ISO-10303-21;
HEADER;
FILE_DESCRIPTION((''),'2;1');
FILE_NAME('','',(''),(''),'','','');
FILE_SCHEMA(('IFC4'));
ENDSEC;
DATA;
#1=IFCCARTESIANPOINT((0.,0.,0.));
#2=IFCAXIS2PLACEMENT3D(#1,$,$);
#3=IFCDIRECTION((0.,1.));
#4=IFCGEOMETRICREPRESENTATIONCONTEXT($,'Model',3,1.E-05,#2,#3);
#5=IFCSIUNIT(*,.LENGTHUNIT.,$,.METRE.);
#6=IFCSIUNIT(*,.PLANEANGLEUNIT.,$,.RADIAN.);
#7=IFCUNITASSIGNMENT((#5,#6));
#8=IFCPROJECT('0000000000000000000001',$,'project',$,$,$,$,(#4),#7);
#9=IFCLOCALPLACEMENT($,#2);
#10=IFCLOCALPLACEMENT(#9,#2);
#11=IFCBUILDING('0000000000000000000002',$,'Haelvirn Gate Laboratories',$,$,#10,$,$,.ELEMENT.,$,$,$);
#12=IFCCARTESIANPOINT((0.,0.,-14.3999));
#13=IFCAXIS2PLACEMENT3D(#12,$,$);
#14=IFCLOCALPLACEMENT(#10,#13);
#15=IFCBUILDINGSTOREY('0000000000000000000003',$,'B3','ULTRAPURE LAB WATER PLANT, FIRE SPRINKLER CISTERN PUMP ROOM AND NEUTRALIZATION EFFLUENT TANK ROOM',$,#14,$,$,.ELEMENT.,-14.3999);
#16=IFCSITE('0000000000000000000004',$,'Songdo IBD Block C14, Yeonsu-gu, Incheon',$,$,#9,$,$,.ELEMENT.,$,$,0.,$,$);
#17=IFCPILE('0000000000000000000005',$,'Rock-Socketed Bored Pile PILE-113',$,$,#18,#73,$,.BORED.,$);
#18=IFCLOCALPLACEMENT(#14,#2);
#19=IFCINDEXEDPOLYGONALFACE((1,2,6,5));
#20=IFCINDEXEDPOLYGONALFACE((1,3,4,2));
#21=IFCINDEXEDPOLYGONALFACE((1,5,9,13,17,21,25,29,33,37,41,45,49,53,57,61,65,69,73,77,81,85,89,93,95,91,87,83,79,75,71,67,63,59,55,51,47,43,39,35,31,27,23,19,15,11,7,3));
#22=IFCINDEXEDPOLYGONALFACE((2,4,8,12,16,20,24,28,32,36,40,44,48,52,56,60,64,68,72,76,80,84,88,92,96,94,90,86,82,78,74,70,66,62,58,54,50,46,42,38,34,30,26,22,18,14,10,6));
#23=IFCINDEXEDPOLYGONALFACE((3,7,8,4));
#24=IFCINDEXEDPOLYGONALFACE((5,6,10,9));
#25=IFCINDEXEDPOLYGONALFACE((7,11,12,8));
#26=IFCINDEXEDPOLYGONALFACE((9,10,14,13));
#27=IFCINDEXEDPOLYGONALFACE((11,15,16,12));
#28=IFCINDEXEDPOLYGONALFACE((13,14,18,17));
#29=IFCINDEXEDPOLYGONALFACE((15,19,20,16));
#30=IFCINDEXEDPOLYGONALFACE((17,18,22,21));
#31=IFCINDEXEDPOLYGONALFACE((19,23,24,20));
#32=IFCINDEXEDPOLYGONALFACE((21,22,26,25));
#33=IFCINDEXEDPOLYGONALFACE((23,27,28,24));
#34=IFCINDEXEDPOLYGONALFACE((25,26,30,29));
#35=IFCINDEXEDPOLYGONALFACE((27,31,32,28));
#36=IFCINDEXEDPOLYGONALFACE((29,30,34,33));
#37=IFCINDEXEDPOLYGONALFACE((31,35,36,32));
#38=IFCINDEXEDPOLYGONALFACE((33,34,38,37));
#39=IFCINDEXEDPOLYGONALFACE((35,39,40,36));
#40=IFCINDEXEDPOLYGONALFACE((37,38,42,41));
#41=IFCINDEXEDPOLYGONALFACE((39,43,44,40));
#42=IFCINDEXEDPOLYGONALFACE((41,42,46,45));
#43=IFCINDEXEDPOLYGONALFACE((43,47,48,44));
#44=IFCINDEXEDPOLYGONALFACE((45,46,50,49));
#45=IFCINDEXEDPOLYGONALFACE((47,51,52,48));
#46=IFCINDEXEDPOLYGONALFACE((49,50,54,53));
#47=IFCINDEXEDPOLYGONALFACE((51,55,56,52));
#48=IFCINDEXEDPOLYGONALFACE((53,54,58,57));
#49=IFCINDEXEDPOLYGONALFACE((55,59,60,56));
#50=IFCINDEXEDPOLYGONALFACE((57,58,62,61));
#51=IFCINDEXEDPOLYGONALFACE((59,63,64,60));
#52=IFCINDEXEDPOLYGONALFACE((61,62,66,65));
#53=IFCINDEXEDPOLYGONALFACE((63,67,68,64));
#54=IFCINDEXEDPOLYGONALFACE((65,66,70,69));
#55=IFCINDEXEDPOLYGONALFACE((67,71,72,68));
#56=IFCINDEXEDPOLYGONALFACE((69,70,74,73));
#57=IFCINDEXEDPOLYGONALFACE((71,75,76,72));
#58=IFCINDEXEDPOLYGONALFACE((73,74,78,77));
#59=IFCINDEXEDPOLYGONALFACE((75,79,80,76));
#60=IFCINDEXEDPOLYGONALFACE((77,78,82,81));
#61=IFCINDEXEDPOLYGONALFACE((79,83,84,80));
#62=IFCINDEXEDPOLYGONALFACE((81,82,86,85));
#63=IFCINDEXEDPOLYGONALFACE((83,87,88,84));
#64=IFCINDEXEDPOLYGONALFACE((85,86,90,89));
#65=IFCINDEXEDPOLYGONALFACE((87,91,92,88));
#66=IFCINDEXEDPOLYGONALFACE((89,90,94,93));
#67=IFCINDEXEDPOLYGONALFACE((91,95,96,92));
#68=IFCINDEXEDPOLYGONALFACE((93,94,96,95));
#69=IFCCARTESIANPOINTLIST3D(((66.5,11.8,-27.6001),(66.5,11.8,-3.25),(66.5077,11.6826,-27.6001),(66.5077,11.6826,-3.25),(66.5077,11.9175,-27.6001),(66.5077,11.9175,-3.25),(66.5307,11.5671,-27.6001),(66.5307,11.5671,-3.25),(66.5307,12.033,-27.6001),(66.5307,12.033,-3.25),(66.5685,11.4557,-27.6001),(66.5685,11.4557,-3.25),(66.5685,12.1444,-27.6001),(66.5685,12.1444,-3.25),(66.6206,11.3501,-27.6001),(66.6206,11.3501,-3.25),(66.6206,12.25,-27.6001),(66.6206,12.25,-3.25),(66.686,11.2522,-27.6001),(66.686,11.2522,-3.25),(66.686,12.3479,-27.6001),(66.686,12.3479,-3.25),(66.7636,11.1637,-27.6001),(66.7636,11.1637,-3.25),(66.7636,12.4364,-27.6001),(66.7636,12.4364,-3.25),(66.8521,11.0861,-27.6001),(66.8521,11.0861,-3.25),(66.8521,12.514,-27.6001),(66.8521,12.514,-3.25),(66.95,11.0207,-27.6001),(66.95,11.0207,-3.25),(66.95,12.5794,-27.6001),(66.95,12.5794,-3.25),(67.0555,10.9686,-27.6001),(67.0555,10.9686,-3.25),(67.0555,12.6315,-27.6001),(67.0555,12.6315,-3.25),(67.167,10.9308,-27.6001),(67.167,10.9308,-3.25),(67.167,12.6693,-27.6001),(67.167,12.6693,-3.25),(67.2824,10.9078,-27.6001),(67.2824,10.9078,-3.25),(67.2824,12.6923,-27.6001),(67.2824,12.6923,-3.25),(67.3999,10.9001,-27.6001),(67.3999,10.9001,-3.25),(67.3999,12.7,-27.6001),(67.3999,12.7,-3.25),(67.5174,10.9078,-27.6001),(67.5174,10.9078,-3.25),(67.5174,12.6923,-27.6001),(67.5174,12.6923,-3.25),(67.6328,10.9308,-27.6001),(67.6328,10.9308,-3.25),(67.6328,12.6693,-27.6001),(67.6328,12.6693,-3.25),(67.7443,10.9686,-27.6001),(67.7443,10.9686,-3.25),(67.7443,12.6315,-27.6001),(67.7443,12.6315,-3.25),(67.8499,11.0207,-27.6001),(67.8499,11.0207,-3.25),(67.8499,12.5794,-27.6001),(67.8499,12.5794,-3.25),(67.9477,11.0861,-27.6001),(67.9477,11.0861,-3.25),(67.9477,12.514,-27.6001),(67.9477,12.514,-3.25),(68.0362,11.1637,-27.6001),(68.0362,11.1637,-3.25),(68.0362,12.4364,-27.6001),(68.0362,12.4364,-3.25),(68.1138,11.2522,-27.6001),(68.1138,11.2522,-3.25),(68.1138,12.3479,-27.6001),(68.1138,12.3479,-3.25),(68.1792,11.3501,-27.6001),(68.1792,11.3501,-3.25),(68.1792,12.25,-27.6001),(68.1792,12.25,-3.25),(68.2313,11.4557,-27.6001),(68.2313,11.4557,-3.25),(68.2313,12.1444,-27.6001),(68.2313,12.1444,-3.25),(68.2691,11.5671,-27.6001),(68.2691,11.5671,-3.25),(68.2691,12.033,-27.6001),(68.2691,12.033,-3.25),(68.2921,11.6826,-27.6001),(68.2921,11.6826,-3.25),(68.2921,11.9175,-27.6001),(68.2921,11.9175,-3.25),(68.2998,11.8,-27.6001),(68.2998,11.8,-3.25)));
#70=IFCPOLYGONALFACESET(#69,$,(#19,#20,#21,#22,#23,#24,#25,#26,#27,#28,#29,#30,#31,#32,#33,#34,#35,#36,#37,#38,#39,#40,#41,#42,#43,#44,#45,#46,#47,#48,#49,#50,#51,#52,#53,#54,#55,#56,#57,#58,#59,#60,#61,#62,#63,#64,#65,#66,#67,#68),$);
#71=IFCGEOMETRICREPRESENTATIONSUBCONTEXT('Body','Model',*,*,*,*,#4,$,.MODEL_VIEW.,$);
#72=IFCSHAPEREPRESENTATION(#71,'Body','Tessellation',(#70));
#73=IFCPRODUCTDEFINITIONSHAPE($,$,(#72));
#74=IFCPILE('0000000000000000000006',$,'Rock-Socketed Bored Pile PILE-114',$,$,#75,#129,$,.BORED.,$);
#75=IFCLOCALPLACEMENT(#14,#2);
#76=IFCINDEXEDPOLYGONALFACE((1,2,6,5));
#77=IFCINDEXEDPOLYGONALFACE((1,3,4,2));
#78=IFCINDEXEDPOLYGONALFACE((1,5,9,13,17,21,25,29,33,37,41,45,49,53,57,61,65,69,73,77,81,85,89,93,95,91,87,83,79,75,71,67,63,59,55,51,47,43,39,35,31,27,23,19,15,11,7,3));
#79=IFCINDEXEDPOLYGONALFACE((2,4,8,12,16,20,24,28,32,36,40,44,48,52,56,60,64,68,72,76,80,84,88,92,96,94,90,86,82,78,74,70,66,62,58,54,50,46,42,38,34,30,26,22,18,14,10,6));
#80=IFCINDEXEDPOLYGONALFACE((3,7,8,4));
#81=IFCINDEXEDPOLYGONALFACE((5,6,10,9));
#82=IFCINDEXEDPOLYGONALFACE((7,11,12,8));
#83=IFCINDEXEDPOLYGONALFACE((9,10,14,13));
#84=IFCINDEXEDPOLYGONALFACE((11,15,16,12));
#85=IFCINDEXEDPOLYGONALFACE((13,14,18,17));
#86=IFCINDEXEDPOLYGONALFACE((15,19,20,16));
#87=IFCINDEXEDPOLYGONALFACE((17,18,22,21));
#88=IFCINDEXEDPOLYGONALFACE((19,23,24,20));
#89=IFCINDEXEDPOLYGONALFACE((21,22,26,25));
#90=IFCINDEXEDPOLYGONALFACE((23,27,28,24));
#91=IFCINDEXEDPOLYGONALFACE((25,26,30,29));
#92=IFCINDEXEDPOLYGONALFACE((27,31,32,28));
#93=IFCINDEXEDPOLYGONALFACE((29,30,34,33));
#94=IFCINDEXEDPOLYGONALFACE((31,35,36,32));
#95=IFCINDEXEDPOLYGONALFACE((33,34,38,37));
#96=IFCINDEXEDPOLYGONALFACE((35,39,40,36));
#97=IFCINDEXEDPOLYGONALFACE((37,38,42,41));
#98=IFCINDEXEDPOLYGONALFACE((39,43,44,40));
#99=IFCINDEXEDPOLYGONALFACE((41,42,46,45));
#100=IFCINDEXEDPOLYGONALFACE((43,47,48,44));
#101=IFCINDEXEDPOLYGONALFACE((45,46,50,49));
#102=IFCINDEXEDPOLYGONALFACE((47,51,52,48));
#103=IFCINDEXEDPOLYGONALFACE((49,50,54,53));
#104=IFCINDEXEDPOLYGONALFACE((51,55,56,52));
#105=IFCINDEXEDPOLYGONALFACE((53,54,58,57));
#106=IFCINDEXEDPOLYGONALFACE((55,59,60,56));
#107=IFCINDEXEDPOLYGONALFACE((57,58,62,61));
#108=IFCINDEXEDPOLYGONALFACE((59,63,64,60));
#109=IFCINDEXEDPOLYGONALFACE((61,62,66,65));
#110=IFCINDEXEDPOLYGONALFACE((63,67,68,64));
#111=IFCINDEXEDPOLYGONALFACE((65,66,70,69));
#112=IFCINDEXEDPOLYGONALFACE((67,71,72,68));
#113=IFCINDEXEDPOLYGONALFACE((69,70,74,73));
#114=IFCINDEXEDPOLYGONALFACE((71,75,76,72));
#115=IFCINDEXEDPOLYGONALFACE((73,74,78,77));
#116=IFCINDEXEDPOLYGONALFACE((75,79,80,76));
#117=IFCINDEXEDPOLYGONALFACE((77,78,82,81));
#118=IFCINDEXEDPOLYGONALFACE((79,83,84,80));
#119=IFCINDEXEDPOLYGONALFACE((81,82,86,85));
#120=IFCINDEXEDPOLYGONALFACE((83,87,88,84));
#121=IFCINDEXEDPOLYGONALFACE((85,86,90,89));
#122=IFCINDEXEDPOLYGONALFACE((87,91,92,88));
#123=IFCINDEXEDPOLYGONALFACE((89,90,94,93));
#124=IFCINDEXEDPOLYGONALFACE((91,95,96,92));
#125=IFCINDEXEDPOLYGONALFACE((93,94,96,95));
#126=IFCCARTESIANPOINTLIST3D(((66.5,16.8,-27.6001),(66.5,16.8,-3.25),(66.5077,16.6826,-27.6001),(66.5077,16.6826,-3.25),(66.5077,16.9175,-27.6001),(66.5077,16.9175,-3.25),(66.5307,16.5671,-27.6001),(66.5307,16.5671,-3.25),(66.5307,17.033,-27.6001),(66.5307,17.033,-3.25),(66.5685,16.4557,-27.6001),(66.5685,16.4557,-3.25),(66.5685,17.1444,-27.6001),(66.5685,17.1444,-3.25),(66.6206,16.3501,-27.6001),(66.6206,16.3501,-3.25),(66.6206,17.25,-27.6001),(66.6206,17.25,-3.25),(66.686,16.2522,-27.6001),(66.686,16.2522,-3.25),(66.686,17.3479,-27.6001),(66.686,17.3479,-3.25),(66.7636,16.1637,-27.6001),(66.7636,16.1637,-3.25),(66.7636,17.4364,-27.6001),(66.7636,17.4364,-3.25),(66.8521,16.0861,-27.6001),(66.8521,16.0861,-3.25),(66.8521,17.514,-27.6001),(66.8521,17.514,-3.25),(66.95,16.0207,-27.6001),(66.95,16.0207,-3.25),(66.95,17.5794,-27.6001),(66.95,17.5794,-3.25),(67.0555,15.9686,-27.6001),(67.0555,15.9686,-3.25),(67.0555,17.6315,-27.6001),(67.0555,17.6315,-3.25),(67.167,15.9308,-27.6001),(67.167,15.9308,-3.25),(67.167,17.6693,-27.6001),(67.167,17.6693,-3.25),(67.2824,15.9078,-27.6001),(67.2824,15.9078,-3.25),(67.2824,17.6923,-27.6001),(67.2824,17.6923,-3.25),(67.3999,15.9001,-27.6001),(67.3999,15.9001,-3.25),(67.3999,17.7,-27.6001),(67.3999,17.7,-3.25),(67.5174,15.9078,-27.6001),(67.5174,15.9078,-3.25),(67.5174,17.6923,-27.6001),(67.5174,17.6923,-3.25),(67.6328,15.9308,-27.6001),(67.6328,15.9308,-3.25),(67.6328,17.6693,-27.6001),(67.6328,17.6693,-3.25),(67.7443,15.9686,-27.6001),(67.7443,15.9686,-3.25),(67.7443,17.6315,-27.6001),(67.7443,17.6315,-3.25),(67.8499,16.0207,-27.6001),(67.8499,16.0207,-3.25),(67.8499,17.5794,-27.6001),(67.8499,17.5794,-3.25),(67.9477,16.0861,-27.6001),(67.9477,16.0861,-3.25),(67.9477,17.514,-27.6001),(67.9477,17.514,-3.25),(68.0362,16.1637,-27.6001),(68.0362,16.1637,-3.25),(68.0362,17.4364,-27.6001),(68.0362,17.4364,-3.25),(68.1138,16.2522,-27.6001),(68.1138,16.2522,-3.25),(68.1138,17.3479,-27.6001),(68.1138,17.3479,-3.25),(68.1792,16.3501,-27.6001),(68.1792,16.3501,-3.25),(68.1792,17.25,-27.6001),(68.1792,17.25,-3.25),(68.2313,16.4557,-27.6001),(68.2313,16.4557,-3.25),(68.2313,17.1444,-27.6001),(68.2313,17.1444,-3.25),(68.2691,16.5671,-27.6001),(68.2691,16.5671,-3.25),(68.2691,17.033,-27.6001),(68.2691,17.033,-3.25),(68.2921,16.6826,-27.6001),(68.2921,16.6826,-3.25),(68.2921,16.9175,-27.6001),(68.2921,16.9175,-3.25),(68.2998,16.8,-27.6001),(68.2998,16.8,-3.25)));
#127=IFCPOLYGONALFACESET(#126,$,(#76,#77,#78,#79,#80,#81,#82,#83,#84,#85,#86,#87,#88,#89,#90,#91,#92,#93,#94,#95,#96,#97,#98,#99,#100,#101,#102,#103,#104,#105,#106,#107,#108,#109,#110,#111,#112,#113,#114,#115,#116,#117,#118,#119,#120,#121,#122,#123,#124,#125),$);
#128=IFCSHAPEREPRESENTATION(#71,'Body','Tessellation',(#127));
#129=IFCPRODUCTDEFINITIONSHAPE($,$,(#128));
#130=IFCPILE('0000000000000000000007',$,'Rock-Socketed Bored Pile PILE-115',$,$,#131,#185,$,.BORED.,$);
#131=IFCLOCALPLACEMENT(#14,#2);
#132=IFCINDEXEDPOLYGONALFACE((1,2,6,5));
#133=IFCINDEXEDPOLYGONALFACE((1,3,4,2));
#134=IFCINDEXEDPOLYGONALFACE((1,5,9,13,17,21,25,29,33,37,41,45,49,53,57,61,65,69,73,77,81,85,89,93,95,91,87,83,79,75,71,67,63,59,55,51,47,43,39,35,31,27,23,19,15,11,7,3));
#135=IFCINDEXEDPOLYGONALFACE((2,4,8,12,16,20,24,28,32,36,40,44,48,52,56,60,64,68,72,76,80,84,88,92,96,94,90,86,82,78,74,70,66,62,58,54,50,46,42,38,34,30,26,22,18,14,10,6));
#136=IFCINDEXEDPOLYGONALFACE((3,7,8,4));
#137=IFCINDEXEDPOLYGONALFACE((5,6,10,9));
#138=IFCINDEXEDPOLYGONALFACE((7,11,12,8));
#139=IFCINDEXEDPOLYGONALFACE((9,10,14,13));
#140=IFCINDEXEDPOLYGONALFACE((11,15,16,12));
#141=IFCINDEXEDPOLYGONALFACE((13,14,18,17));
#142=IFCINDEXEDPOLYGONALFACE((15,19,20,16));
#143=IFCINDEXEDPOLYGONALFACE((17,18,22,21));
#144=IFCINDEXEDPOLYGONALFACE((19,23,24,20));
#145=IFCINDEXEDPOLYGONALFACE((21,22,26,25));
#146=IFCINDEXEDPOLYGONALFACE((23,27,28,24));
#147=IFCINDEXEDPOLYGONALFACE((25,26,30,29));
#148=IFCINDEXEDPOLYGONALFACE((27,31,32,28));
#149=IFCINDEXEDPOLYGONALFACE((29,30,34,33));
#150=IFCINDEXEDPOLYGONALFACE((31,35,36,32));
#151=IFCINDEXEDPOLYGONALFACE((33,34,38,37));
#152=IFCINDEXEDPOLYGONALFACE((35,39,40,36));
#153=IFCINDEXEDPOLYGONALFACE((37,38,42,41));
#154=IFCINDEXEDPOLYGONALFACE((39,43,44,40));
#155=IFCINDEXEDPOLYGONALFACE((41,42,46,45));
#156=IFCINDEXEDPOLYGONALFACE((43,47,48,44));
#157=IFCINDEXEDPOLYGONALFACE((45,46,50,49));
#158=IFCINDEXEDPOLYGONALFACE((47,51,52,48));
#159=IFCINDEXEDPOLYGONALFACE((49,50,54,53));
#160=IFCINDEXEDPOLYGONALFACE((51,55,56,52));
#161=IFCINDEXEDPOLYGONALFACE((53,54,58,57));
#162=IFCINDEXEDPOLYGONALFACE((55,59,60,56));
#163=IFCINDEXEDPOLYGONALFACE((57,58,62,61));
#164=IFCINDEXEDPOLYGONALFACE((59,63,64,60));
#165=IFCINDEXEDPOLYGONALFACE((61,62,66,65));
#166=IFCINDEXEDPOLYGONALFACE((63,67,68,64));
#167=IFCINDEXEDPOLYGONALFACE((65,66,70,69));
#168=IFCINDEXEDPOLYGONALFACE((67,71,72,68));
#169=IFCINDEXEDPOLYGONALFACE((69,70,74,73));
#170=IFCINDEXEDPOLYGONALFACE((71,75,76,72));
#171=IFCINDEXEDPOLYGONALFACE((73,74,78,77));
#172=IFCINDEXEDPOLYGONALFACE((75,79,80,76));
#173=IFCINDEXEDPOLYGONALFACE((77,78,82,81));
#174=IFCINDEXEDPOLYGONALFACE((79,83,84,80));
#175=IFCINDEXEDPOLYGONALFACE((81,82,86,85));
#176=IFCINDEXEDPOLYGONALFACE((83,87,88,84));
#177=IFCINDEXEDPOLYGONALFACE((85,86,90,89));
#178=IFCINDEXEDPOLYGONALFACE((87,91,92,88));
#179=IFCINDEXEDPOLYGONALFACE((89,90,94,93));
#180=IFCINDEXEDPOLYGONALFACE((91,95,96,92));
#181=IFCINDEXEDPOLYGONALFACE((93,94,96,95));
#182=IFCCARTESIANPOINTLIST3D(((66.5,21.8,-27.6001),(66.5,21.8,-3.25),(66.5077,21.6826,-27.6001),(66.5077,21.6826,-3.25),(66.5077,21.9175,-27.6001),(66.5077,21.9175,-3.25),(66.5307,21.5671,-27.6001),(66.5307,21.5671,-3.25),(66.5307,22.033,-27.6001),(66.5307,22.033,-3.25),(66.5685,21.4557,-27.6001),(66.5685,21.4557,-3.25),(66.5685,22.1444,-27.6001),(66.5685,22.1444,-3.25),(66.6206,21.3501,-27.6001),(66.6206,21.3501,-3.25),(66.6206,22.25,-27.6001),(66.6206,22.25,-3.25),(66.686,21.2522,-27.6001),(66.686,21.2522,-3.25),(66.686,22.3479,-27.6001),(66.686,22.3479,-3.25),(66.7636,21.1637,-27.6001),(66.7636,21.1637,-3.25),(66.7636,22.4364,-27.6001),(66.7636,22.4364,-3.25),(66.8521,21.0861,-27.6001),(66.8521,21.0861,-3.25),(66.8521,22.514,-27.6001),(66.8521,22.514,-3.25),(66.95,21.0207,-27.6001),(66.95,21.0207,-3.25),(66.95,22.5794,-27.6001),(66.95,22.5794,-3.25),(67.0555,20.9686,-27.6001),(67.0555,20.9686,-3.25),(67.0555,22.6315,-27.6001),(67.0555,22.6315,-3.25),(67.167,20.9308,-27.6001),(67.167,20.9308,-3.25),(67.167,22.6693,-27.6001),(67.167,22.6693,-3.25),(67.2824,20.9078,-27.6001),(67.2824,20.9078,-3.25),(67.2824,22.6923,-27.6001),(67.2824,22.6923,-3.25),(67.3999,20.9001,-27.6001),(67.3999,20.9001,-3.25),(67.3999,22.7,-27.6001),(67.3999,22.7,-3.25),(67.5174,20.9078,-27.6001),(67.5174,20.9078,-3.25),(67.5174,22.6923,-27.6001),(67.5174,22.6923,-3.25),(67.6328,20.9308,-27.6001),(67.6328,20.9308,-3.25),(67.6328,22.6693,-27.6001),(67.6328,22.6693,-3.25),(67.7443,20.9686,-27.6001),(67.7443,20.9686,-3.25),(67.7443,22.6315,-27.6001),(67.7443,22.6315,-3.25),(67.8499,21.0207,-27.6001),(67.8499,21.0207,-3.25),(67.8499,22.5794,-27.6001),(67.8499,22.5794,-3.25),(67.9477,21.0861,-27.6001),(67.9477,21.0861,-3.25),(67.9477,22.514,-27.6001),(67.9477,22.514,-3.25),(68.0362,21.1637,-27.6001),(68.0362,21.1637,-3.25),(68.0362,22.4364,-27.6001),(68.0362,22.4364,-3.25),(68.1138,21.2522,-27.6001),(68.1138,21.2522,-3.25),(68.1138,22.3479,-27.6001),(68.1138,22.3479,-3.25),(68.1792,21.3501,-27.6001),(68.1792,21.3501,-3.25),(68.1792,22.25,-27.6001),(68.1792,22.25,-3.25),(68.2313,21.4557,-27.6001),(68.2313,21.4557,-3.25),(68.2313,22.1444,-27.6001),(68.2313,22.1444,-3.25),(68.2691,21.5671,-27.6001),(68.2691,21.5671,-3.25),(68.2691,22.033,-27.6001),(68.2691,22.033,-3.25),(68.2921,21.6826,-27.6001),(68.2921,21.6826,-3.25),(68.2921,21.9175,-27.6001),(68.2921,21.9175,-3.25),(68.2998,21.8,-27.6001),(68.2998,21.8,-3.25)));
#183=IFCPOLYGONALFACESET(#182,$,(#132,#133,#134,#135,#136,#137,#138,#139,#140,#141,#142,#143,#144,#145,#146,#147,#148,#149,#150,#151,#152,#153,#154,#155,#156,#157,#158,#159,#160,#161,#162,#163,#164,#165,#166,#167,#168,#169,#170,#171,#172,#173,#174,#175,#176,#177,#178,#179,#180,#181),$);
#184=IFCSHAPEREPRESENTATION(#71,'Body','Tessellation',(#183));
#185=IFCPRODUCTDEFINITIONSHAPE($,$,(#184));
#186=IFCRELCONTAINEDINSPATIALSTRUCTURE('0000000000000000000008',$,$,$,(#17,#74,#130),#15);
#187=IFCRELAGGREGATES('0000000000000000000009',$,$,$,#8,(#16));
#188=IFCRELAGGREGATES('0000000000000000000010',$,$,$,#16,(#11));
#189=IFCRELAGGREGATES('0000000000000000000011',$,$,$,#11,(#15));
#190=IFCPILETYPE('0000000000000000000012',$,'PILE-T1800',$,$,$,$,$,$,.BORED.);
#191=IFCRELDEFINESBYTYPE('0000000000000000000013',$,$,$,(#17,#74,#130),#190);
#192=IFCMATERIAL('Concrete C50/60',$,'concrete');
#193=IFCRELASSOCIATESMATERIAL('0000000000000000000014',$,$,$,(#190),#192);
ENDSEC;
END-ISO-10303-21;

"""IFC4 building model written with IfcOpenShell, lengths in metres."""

from ifc_helpers import new_model, si_unit, direction, frame, origin, origin_2d, place, context, subcontext, project, spatial, circle, extrude, source, transform, mapped, material, material_profile, profile_set, type_object, type_shapes, element, save


model = new_model("IFC4")

# Units and contexts
model_context = context("Model", 3, precision=1e-05, world=origin(), true_north=direction((0.0, 1.0)))
body_context = subcontext(model_context, "Body", "Model", "MODEL_VIEW")
ifc_project = project(units=[si_unit("LENGTHUNIT", "METRE"), si_unit("PLANEANGLEUNIT", "RADIAN")], contexts=[model_context])

# Site, building, storey
site_placement = place(None, origin())
site = spatial("IfcSite", under=ifc_project, at=site_placement, Name="Songdo IBD Block C14, Yeonsu-gu, Incheon", CompositionType="ELEMENT", RefElevation=0.0)
building_placement = place(site_placement, origin())
building = spatial("IfcBuilding", under=site, at=building_placement, Name="Haelvirn Gate Laboratories", CompositionType="ELEMENT")
storey_placement = place(building_placement, frame((0.0, 0.0, -14.3999)))
storey = spatial("IfcBuildingStorey", under=building, at=storey_placement, Name="B3", Description="ULTRAPURE LAB WATER PLANT, FIRE SPRINKLER CISTERN PUMP ROOM AND NEUTRALIZATION EFFLUENT TANK ROOM", CompositionType="ELEMENT", Elevation=-14.3999)

# Piles
ifc_material_1 = material(Name="Concrete C50/60", Category="concrete")
ifc_material_profile_1 = material_profile(ifc_material_1, circle(Radius=0.8999, at=origin_2d()), Name="PILE-D1800")
ifc_profile_set_1 = profile_set([ifc_material_profile_1], Name="Concrete C50/60")
pile_type_1 = type_object("IfcPileType", Name="PILE-T1800", PredefinedType="BORED", material=ifc_profile_set_1)
shared_shape_1 = source(origin(), body_context, "Body", "SweptSolid", [
    extrude(circle(Radius=0.8999, at=origin_2d()), origin(), (0.0, 0.0, 1.0), 24.3501),
])
type_shapes(pile_type_1, [shared_shape_1])
for number, where, z_axis, x_axis, name in (
    (1, (67.3999, 11.8, -3.25), (0.0, 0.0, -1.0), (1.0, 0.0, 0.0), "Rock-Socketed Bored Pile PILE-113"),
    (2, (67.3999, 16.8, -3.25), (0.0, 0.0, -1.0), (1.0, 0.0, 0.0), "Rock-Socketed Bored Pile PILE-114"),
    (3, (67.3999, 21.8, -3.25), (0.0, 0.0, -1.0), (1.0, 0.0, 0.0), "Rock-Socketed Bored Pile PILE-115"),
):
    element("IfcPile", number, at=place(storey_placement, frame(where, z_axis=z_axis, x_axis=x_axis)), inside=storey, type_object=pile_type_1, Name=name, PredefinedType="BORED", context=body_context, shape_type="MappedRepresentation", body=[
        mapped(shared_shape_1, transform((0.0, 0.0, 0.0), scale=1.0)),
    ])

save(model, "model.ifc")
